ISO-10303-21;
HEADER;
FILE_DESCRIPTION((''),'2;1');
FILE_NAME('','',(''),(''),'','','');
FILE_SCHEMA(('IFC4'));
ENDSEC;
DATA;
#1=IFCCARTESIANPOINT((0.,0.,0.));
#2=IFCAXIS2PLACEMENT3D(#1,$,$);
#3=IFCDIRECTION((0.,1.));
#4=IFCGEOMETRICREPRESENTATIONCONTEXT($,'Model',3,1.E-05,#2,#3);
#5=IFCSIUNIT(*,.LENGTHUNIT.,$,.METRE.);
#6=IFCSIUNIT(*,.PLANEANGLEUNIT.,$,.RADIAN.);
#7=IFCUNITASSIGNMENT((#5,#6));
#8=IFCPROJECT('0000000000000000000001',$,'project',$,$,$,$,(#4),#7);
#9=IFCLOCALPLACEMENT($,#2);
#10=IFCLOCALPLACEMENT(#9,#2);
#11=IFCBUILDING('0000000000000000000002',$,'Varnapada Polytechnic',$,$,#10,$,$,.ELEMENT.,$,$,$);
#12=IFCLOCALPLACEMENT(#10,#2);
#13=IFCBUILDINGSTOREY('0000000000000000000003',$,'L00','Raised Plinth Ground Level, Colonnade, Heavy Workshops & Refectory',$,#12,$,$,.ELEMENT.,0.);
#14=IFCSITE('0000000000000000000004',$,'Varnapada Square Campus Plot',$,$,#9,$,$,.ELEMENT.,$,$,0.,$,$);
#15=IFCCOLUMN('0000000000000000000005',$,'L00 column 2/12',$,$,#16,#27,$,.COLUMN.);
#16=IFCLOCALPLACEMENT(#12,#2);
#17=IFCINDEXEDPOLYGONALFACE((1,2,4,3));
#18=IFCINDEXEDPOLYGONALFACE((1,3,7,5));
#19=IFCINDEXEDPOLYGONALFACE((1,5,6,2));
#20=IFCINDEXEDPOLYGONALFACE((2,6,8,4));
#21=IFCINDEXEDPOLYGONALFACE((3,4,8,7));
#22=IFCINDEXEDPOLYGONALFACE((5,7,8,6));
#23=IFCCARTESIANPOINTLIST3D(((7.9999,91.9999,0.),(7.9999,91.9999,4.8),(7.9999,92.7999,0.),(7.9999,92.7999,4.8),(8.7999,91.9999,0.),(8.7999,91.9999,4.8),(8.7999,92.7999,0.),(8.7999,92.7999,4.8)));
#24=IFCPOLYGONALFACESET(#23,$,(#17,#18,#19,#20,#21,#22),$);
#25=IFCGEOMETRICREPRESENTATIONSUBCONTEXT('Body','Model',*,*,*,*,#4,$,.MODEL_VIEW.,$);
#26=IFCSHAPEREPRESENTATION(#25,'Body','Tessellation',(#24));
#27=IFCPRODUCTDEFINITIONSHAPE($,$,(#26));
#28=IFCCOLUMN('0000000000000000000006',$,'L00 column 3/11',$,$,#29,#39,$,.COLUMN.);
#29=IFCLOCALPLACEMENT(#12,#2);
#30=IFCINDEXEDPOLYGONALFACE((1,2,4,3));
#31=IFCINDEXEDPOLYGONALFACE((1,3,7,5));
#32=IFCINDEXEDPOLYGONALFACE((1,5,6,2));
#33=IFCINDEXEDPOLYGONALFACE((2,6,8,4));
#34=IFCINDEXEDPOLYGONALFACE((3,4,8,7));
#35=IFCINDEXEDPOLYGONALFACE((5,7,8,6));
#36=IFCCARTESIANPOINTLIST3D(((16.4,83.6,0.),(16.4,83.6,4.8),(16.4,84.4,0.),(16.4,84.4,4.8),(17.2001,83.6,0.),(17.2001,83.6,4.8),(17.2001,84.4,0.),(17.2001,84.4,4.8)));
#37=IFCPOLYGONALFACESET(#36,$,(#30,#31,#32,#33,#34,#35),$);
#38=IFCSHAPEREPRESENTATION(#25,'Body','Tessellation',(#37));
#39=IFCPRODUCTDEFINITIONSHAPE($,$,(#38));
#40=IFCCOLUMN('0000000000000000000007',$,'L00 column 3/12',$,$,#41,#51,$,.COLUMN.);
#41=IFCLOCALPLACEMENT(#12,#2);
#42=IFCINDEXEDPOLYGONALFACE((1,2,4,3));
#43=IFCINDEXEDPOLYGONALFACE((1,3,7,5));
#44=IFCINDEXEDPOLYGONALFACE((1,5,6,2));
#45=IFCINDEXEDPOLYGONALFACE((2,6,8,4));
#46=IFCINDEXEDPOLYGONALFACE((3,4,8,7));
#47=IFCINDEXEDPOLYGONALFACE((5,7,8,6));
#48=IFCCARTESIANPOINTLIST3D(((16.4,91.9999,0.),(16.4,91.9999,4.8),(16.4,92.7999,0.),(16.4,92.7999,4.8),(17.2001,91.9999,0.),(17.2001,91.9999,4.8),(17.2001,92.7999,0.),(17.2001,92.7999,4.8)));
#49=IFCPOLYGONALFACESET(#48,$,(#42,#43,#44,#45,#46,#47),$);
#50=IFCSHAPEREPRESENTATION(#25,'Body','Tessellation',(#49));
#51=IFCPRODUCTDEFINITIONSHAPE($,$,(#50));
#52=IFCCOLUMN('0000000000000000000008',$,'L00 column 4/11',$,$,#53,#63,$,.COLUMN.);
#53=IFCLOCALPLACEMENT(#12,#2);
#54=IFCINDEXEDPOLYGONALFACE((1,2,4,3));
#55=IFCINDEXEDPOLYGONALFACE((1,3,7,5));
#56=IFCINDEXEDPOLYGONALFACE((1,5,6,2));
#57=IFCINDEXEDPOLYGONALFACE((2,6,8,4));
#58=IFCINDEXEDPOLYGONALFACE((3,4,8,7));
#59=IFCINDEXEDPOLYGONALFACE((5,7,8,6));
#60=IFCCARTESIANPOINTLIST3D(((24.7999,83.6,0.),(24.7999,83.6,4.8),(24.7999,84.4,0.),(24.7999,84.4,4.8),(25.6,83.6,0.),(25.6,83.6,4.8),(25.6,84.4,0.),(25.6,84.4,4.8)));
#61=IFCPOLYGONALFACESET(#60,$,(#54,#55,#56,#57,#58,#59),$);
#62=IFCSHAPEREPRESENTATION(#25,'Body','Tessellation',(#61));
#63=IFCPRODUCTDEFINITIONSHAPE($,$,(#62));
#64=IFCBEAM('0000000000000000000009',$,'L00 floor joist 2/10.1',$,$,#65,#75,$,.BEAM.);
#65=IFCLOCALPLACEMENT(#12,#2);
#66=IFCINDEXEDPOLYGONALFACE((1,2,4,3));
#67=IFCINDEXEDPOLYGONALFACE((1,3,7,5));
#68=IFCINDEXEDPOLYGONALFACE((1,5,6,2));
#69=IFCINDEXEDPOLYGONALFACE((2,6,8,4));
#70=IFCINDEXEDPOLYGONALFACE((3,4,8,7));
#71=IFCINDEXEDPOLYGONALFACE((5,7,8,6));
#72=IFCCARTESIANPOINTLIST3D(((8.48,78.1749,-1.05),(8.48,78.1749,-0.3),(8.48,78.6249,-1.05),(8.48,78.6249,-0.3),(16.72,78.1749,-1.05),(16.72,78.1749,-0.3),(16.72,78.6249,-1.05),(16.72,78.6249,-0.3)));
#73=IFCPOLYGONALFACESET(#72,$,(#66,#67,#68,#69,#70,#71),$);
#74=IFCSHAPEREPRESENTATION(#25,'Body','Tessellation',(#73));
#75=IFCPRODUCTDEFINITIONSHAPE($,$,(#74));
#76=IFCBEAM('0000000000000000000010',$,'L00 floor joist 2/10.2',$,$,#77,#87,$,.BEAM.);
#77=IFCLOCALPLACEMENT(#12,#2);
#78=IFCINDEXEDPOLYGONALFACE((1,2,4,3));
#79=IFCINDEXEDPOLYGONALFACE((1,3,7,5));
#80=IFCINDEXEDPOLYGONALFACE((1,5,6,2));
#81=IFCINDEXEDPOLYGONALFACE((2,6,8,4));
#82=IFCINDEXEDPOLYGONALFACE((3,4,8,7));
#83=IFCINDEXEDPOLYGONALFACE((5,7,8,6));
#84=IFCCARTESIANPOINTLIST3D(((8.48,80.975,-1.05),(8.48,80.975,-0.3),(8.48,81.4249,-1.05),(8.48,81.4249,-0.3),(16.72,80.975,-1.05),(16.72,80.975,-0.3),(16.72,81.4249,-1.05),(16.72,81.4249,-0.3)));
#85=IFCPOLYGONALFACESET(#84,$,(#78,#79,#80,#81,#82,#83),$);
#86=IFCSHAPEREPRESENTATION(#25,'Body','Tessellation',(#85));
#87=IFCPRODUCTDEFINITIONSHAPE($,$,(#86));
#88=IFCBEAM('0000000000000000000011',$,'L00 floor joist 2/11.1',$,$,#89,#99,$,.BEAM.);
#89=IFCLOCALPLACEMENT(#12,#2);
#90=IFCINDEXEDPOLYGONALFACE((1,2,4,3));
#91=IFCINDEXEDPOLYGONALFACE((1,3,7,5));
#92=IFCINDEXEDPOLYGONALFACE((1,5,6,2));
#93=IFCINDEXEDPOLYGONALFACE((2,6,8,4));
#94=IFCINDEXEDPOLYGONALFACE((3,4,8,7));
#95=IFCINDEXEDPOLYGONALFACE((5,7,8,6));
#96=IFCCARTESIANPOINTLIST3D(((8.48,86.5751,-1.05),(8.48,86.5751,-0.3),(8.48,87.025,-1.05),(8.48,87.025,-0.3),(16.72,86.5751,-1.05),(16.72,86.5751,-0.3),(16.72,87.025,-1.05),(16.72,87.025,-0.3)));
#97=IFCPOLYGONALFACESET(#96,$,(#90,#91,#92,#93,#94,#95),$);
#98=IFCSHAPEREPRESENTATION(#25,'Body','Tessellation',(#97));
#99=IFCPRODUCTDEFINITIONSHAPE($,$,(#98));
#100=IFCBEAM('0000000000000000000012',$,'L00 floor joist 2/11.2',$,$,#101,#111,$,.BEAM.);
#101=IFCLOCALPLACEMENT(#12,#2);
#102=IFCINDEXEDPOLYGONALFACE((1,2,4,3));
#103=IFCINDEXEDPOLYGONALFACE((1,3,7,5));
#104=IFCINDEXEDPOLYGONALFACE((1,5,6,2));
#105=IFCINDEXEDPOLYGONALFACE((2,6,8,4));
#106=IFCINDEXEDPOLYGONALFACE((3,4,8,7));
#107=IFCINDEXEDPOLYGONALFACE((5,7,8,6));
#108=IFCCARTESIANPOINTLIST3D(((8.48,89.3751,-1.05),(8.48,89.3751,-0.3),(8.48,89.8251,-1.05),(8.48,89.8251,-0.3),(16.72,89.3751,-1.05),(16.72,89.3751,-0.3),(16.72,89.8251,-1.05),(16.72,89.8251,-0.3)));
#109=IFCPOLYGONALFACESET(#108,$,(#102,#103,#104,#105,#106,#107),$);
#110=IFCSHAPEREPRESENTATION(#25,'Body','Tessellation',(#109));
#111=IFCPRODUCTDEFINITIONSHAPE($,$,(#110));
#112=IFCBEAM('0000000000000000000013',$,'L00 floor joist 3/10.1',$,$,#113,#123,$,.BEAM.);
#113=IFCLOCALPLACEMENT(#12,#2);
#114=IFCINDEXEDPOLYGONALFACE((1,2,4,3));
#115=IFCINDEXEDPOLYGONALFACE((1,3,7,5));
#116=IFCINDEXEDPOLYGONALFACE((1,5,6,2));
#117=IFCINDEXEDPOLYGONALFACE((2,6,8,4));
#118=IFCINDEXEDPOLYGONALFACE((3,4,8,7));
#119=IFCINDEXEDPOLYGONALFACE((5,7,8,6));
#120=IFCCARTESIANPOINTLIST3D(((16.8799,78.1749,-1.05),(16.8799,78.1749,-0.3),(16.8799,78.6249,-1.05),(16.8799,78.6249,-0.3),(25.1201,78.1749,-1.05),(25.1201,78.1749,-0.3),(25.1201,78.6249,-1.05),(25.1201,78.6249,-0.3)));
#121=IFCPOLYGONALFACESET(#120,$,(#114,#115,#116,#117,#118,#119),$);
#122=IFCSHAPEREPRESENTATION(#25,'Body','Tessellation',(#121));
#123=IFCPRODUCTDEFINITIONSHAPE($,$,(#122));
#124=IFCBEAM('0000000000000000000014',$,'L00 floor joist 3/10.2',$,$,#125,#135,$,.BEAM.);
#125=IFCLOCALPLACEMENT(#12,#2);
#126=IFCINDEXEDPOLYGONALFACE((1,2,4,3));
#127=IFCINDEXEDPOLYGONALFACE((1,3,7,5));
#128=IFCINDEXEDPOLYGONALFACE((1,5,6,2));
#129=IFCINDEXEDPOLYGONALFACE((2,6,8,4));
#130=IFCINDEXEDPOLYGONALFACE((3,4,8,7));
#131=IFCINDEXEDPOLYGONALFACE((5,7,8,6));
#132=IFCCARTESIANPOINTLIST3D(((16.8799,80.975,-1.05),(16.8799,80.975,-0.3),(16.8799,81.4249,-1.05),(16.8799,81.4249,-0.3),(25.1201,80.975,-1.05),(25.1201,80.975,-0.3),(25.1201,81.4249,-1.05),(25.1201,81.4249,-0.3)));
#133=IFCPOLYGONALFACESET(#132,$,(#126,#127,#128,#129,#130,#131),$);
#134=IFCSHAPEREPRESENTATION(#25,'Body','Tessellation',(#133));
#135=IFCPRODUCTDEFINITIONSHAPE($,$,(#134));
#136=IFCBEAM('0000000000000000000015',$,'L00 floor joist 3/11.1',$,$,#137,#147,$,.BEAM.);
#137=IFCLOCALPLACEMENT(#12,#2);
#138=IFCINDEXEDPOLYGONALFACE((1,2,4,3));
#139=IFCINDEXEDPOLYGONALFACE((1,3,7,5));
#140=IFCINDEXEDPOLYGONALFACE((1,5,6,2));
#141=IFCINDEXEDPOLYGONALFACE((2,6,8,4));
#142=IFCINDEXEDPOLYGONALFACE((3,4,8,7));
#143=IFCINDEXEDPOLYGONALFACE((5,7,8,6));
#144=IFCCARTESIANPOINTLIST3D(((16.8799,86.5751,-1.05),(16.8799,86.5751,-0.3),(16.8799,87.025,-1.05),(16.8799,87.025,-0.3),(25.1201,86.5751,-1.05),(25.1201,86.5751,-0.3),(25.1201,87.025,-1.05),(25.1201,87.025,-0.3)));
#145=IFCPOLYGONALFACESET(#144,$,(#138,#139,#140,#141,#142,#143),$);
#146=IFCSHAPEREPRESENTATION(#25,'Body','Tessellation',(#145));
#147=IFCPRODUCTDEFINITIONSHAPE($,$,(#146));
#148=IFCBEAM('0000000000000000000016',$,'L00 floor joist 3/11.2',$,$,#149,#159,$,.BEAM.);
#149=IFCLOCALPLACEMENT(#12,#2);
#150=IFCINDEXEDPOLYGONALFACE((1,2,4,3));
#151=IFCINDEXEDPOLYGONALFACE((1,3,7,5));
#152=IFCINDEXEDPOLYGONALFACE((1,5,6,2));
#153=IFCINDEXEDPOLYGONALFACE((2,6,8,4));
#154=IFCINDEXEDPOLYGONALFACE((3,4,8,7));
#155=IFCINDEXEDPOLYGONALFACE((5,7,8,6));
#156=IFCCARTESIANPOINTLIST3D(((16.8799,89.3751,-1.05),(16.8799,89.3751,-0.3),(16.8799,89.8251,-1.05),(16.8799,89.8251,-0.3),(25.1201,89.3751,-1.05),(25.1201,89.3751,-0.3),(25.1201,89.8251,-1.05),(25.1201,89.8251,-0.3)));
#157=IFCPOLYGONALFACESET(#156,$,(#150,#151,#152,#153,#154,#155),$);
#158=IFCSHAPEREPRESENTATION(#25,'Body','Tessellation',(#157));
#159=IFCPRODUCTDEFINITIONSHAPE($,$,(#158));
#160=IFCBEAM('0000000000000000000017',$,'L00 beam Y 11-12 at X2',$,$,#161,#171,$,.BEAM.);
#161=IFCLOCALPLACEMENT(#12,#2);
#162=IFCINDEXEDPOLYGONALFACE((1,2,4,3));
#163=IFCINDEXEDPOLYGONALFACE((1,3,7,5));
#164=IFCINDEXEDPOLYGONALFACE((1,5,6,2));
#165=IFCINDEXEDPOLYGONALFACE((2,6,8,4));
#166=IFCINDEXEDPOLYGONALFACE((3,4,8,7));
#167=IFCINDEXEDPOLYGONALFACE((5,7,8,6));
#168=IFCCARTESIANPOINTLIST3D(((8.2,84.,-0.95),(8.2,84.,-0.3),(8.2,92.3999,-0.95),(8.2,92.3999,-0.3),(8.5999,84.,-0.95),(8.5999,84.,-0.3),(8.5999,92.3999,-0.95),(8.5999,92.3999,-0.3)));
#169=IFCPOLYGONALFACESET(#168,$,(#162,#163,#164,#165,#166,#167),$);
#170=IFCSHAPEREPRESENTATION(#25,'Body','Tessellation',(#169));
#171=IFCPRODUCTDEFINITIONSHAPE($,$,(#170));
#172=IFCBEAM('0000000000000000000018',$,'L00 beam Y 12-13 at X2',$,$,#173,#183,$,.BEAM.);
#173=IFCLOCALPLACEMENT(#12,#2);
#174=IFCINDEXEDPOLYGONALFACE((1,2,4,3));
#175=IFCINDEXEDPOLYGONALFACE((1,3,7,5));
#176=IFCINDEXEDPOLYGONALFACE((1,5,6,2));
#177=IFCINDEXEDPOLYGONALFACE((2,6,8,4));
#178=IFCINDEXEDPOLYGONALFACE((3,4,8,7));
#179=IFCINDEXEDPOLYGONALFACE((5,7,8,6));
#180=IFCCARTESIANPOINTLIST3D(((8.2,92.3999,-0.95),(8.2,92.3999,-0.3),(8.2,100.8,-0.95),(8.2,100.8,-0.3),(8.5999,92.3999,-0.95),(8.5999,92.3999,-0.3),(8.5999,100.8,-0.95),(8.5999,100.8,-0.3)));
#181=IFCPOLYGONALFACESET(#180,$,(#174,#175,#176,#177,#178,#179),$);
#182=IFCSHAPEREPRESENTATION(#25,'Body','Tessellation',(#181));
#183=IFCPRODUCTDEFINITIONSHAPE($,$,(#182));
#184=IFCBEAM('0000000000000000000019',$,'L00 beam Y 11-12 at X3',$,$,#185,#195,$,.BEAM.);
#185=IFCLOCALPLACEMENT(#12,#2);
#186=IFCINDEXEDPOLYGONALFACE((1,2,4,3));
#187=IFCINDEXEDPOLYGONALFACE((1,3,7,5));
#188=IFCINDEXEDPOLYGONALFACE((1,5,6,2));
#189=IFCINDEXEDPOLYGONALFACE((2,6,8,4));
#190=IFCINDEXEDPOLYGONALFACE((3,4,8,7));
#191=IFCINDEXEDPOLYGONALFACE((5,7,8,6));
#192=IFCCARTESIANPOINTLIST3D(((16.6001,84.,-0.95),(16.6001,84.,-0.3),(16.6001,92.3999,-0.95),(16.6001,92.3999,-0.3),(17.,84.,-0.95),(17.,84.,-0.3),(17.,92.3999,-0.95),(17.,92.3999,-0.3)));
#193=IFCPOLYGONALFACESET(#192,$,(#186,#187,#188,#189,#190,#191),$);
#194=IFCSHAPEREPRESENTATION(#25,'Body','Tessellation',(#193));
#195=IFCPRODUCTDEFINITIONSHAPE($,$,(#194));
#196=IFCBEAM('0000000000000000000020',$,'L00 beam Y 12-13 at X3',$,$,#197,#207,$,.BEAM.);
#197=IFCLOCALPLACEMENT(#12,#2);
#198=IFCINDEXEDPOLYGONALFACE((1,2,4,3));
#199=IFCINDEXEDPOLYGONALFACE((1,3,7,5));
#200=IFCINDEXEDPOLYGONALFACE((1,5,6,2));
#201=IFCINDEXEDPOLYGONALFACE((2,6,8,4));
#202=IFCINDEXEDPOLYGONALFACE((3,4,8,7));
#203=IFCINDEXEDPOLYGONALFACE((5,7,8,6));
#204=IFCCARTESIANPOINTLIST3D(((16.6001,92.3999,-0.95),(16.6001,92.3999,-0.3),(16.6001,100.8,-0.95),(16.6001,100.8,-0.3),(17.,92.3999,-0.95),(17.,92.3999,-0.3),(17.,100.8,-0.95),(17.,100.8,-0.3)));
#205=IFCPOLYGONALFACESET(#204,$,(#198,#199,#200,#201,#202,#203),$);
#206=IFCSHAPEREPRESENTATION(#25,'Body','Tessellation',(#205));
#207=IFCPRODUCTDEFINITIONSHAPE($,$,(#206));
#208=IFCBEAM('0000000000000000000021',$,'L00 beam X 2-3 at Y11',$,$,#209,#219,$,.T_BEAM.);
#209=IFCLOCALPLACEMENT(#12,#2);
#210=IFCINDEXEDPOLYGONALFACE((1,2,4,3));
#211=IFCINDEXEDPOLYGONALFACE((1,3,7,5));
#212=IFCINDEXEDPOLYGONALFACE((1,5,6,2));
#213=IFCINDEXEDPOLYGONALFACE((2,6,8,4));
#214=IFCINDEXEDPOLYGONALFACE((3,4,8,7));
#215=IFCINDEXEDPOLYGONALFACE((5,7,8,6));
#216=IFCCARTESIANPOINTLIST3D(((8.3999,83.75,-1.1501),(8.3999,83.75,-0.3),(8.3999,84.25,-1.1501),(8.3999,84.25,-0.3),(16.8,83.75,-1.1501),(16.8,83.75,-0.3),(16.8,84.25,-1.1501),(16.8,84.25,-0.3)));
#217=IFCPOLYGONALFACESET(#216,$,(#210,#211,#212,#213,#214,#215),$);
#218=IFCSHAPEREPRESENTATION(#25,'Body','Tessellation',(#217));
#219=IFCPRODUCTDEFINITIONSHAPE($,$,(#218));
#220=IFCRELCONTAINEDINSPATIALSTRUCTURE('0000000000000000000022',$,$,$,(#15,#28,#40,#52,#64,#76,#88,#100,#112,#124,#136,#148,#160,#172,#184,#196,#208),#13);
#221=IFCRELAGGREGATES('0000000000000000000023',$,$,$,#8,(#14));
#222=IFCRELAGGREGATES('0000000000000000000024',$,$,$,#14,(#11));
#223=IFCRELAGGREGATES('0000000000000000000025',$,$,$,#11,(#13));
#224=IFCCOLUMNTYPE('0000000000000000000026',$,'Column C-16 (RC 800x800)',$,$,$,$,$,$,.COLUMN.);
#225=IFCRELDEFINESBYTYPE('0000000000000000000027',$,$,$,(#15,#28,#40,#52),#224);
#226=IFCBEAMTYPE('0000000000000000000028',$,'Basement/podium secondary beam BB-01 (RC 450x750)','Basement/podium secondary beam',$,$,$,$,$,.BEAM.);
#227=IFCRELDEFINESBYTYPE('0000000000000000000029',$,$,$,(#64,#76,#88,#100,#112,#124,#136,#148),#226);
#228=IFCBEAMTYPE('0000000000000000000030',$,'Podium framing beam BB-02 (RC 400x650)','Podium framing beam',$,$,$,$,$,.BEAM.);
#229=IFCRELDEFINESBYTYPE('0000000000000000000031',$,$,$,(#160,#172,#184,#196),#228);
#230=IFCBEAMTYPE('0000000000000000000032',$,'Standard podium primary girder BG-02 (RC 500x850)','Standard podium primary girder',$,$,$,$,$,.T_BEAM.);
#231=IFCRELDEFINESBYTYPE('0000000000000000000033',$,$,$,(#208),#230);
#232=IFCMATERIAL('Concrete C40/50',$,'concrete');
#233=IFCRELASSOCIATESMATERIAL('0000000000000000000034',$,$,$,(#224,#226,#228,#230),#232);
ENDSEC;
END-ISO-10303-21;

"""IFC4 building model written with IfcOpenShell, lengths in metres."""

from ifc_helpers import new_model, si_unit, direction, frame, origin, origin_2d, place, context, subcontext, project, spatial, rectangle, extrude, material, material_profile, profile_set, type_object, element, save


model = new_model("IFC4")

# Units and contexts
model_context = context("Model", 3, precision=1e-05, world=origin(), true_north=direction((0.0, 1.0)))
body_context = subcontext(model_context, "Body", "Model", "MODEL_VIEW")
ifc_project = project(units=[si_unit("LENGTHUNIT", "METRE"), si_unit("PLANEANGLEUNIT", "RADIAN")], contexts=[model_context])

# Site, building, storey
site_placement = place(None, origin())
site = spatial("IfcSite", under=ifc_project, at=site_placement, Name="Varnapada Square Campus Plot", CompositionType="ELEMENT", RefElevation=0.0)
building_placement = place(site_placement, origin())
building = spatial("IfcBuilding", under=site, at=building_placement, Name="Varnapada Polytechnic", CompositionType="ELEMENT")
storey_placement = place(building_placement, origin())
storey = spatial("IfcBuildingStorey", under=building, at=storey_placement, Name="L00", Description="Raised Plinth Ground Level, Colonnade, Heavy Workshops & Refectory", CompositionType="ELEMENT", Elevation=0.0)

# Columns
ifc_material_1 = material(Name="Concrete C40/50", Category="concrete")
ifc_material_profile_1 = material_profile(ifc_material_1, rectangle(XDim=0.8, YDim=0.8, at=origin_2d()), Name="RC 800x800")
ifc_profile_set_1 = profile_set([ifc_material_profile_1], Name="Concrete C40/50")
column_type = type_object("IfcColumnType", Name="Column C-16 (RC 800x800)", PredefinedType="COLUMN", material=ifc_profile_set_1)
for number, where, z_axis, x_axis, name in (
    (1, (8.3999, 92.3999, 0.0), (0.0, 0.0, 1.0), (1.0, 0.0, 0.0), "L00 column 2/12"),
    (2, (16.8, 84.0, 0.0), (0.0, 0.0, 1.0), (1.0, 0.0, 0.0), "L00 column 3/11"),
    (3, (16.8, 92.3999, 0.0), (0.0, 0.0, 1.0), (1.0, 0.0, 0.0), "L00 column 3/12"),
    (4, (25.2, 84.0, 0.0), (0.0, 0.0, 1.0), (1.0, 0.0, 0.0), "L00 column 4/11"),
):
    element("IfcColumn", number, at=place(storey_placement, frame(where, z_axis=z_axis, x_axis=x_axis)), inside=storey, type_object=column_type, Name=name, PredefinedType="COLUMN", context=body_context, shape_type="SweptSolid", body=[
        extrude(rectangle(XDim=0.8, YDim=0.8, at=origin_2d()), origin(), (0.0, 0.0, 1.0), 4.8),
    ])

# Beams
ifc_material_profile_2 = material_profile(ifc_material_1, rectangle(XDim=0.45, YDim=0.75, at=origin_2d()), Name="RC 450x750")
ifc_profile_set_2 = profile_set([ifc_material_profile_2], Name="Concrete C40/50")
beam_type_1 = type_object("IfcBeamType", Name="Basement/podium secondary beam BB-01 (RC 450x750)", Description="Basement/podium secondary beam", PredefinedType="BEAM", material=ifc_profile_set_2)
for number, where, z_axis, x_axis, name in (
    (5, (8.48, 78.3999, -0.675), (1.0, 0.0, 0.0), (0.0, 1.0, 0.0), "L00 floor joist 2/10.1"),
    (6, (8.48, 81.2, -0.675), (1.0, 0.0, 0.0), (0.0, 1.0, 0.0), "L00 floor joist 2/10.2"),
    (7, (8.48, 86.8, -0.675), (1.0, 0.0, 0.0), (0.0, 1.0, 0.0), "L00 floor joist 2/11.1"),
    (8, (8.48, 89.6001, -0.675), (1.0, 0.0, 0.0), (0.0, 1.0, 0.0), "L00 floor joist 2/11.2"),
):
    element("IfcBeam", number, at=place(storey_placement, frame(where, z_axis=z_axis, x_axis=x_axis)), inside=storey, type_object=beam_type_1, Name=name, PredefinedType="BEAM", context=body_context, shape_type="SweptSolid", body=[
        extrude(rectangle(XDim=0.45, YDim=0.75, at=origin_2d()), origin(), (0.0, 0.0, 1.0), 8.24),
    ])
for number, where, z_axis, x_axis, name in (
    (9, (16.8799, 78.3999, -0.675), (1.0, 0.0, 0.0), (0.0, 1.0, 0.0), "L00 floor joist 3/10.1"),
    (10, (16.8799, 81.2, -0.675), (1.0, 0.0, 0.0), (0.0, 1.0, 0.0), "L00 floor joist 3/10.2"),
    (11, (16.8799, 86.8, -0.675), (1.0, 0.0, 0.0), (0.0, 1.0, 0.0), "L00 floor joist 3/11.1"),
    (12, (16.8799, 89.6001, -0.675), (1.0, 0.0, 0.0), (0.0, 1.0, 0.0), "L00 floor joist 3/11.2"),
):
    element("IfcBeam", number, at=place(storey_placement, frame(where, z_axis=z_axis, x_axis=x_axis)), inside=storey, type_object=beam_type_1, Name=name, PredefinedType="BEAM", context=body_context, shape_type="SweptSolid", body=[
        extrude(rectangle(XDim=0.45, YDim=0.75, at=origin_2d()), origin(), (0.0, 0.0, 1.0), 8.2402),
    ])
ifc_material_profile_3 = material_profile(ifc_material_1, rectangle(XDim=0.3999, YDim=0.6499, at=origin_2d()), Name="RC 400x650")
ifc_profile_set_3 = profile_set([ifc_material_profile_3], Name="Concrete C40/50")
beam_type_2 = type_object("IfcBeamType", Name="Podium framing beam BB-02 (RC 400x650)", Description="Podium framing beam", PredefinedType="BEAM", material=ifc_profile_set_3)
beam_1_placement = place(storey_placement, frame((8.3999, 84.0, -0.625), z_axis=(0.0, 1.0, 0.0), x_axis=(-1.0, 0.0, 0.0)))
element("IfcBeam", 13, at=beam_1_placement, inside=storey, type_object=beam_type_2, Name="L00 beam Y 11-12 at X2", PredefinedType="BEAM", context=body_context, shape_type="SweptSolid", body=[
    extrude(rectangle(XDim=0.3999, YDim=0.6499, at=origin_2d()), origin(), (0.0, 0.0, 1.0), 8.3999),
])
beam_2_placement = place(storey_placement, frame((8.3999, 92.3999, -0.625), z_axis=(0.0, 1.0, 0.0), x_axis=(-1.0, 0.0, 0.0)))
element("IfcBeam", 14, at=beam_2_placement, inside=storey, type_object=beam_type_2, Name="L00 beam Y 12-13 at X2", PredefinedType="BEAM", context=body_context, shape_type="SweptSolid", body=[
    extrude(rectangle(XDim=0.3999, YDim=0.6499, at=origin_2d()), origin(), (0.0, 0.0, 1.0), 8.4001),
])
beam_3_placement = place(storey_placement, frame((16.8, 84.0, -0.625), z_axis=(0.0, 1.0, 0.0), x_axis=(-1.0, 0.0, 0.0)))
element("IfcBeam", 15, at=beam_3_placement, inside=storey, type_object=beam_type_2, Name="L00 beam Y 11-12 at X3", PredefinedType="BEAM", context=body_context, shape_type="SweptSolid", body=[
    extrude(rectangle(XDim=0.3999, YDim=0.6499, at=origin_2d()), origin(), (0.0, 0.0, 1.0), 8.3999),
])
beam_4_placement = place(storey_placement, frame((16.8, 92.3999, -0.625), z_axis=(0.0, 1.0, 0.0), x_axis=(-1.0, 0.0, 0.0)))
element("IfcBeam", 16, at=beam_4_placement, inside=storey, type_object=beam_type_2, Name="L00 beam Y 12-13 at X3", PredefinedType="BEAM", context=body_context, shape_type="SweptSolid", body=[
    extrude(rectangle(XDim=0.3999, YDim=0.6499, at=origin_2d()), origin(), (0.0, 0.0, 1.0), 8.4001),
])
ifc_material_profile_4 = material_profile(ifc_material_1, rectangle(XDim=0.5, YDim=0.8501, at=origin_2d()), Name="RC 500x850")
ifc_profile_set_4 = profile_set([ifc_material_profile_4], Name="Concrete C40/50")
beam_type_3 = type_object("IfcBeamType", Name="Standard podium primary girder BG-02 (RC 500x850)", Description="Standard podium primary girder", PredefinedType="T_BEAM", material=ifc_profile_set_4)
for number, where, z_axis, x_axis, name in (
    (17, (8.3999, 84.0, -0.7251), (1.0, 0.0, 0.0), (0.0, 1.0, 0.0), "L00 beam X 2-3 at Y11"),
):
    element("IfcBeam", number, at=place(storey_placement, frame(where, z_axis=z_axis, x_axis=x_axis)), inside=storey, type_object=beam_type_3, Name=name, PredefinedType="T_BEAM", context=body_context, shape_type="SweptSolid", body=[
        extrude(rectangle(XDim=0.5, YDim=0.8501, at=origin_2d()), origin(), (0.0, 0.0, 1.0), 8.4001),
    ])

save(model, "model.ifc")
